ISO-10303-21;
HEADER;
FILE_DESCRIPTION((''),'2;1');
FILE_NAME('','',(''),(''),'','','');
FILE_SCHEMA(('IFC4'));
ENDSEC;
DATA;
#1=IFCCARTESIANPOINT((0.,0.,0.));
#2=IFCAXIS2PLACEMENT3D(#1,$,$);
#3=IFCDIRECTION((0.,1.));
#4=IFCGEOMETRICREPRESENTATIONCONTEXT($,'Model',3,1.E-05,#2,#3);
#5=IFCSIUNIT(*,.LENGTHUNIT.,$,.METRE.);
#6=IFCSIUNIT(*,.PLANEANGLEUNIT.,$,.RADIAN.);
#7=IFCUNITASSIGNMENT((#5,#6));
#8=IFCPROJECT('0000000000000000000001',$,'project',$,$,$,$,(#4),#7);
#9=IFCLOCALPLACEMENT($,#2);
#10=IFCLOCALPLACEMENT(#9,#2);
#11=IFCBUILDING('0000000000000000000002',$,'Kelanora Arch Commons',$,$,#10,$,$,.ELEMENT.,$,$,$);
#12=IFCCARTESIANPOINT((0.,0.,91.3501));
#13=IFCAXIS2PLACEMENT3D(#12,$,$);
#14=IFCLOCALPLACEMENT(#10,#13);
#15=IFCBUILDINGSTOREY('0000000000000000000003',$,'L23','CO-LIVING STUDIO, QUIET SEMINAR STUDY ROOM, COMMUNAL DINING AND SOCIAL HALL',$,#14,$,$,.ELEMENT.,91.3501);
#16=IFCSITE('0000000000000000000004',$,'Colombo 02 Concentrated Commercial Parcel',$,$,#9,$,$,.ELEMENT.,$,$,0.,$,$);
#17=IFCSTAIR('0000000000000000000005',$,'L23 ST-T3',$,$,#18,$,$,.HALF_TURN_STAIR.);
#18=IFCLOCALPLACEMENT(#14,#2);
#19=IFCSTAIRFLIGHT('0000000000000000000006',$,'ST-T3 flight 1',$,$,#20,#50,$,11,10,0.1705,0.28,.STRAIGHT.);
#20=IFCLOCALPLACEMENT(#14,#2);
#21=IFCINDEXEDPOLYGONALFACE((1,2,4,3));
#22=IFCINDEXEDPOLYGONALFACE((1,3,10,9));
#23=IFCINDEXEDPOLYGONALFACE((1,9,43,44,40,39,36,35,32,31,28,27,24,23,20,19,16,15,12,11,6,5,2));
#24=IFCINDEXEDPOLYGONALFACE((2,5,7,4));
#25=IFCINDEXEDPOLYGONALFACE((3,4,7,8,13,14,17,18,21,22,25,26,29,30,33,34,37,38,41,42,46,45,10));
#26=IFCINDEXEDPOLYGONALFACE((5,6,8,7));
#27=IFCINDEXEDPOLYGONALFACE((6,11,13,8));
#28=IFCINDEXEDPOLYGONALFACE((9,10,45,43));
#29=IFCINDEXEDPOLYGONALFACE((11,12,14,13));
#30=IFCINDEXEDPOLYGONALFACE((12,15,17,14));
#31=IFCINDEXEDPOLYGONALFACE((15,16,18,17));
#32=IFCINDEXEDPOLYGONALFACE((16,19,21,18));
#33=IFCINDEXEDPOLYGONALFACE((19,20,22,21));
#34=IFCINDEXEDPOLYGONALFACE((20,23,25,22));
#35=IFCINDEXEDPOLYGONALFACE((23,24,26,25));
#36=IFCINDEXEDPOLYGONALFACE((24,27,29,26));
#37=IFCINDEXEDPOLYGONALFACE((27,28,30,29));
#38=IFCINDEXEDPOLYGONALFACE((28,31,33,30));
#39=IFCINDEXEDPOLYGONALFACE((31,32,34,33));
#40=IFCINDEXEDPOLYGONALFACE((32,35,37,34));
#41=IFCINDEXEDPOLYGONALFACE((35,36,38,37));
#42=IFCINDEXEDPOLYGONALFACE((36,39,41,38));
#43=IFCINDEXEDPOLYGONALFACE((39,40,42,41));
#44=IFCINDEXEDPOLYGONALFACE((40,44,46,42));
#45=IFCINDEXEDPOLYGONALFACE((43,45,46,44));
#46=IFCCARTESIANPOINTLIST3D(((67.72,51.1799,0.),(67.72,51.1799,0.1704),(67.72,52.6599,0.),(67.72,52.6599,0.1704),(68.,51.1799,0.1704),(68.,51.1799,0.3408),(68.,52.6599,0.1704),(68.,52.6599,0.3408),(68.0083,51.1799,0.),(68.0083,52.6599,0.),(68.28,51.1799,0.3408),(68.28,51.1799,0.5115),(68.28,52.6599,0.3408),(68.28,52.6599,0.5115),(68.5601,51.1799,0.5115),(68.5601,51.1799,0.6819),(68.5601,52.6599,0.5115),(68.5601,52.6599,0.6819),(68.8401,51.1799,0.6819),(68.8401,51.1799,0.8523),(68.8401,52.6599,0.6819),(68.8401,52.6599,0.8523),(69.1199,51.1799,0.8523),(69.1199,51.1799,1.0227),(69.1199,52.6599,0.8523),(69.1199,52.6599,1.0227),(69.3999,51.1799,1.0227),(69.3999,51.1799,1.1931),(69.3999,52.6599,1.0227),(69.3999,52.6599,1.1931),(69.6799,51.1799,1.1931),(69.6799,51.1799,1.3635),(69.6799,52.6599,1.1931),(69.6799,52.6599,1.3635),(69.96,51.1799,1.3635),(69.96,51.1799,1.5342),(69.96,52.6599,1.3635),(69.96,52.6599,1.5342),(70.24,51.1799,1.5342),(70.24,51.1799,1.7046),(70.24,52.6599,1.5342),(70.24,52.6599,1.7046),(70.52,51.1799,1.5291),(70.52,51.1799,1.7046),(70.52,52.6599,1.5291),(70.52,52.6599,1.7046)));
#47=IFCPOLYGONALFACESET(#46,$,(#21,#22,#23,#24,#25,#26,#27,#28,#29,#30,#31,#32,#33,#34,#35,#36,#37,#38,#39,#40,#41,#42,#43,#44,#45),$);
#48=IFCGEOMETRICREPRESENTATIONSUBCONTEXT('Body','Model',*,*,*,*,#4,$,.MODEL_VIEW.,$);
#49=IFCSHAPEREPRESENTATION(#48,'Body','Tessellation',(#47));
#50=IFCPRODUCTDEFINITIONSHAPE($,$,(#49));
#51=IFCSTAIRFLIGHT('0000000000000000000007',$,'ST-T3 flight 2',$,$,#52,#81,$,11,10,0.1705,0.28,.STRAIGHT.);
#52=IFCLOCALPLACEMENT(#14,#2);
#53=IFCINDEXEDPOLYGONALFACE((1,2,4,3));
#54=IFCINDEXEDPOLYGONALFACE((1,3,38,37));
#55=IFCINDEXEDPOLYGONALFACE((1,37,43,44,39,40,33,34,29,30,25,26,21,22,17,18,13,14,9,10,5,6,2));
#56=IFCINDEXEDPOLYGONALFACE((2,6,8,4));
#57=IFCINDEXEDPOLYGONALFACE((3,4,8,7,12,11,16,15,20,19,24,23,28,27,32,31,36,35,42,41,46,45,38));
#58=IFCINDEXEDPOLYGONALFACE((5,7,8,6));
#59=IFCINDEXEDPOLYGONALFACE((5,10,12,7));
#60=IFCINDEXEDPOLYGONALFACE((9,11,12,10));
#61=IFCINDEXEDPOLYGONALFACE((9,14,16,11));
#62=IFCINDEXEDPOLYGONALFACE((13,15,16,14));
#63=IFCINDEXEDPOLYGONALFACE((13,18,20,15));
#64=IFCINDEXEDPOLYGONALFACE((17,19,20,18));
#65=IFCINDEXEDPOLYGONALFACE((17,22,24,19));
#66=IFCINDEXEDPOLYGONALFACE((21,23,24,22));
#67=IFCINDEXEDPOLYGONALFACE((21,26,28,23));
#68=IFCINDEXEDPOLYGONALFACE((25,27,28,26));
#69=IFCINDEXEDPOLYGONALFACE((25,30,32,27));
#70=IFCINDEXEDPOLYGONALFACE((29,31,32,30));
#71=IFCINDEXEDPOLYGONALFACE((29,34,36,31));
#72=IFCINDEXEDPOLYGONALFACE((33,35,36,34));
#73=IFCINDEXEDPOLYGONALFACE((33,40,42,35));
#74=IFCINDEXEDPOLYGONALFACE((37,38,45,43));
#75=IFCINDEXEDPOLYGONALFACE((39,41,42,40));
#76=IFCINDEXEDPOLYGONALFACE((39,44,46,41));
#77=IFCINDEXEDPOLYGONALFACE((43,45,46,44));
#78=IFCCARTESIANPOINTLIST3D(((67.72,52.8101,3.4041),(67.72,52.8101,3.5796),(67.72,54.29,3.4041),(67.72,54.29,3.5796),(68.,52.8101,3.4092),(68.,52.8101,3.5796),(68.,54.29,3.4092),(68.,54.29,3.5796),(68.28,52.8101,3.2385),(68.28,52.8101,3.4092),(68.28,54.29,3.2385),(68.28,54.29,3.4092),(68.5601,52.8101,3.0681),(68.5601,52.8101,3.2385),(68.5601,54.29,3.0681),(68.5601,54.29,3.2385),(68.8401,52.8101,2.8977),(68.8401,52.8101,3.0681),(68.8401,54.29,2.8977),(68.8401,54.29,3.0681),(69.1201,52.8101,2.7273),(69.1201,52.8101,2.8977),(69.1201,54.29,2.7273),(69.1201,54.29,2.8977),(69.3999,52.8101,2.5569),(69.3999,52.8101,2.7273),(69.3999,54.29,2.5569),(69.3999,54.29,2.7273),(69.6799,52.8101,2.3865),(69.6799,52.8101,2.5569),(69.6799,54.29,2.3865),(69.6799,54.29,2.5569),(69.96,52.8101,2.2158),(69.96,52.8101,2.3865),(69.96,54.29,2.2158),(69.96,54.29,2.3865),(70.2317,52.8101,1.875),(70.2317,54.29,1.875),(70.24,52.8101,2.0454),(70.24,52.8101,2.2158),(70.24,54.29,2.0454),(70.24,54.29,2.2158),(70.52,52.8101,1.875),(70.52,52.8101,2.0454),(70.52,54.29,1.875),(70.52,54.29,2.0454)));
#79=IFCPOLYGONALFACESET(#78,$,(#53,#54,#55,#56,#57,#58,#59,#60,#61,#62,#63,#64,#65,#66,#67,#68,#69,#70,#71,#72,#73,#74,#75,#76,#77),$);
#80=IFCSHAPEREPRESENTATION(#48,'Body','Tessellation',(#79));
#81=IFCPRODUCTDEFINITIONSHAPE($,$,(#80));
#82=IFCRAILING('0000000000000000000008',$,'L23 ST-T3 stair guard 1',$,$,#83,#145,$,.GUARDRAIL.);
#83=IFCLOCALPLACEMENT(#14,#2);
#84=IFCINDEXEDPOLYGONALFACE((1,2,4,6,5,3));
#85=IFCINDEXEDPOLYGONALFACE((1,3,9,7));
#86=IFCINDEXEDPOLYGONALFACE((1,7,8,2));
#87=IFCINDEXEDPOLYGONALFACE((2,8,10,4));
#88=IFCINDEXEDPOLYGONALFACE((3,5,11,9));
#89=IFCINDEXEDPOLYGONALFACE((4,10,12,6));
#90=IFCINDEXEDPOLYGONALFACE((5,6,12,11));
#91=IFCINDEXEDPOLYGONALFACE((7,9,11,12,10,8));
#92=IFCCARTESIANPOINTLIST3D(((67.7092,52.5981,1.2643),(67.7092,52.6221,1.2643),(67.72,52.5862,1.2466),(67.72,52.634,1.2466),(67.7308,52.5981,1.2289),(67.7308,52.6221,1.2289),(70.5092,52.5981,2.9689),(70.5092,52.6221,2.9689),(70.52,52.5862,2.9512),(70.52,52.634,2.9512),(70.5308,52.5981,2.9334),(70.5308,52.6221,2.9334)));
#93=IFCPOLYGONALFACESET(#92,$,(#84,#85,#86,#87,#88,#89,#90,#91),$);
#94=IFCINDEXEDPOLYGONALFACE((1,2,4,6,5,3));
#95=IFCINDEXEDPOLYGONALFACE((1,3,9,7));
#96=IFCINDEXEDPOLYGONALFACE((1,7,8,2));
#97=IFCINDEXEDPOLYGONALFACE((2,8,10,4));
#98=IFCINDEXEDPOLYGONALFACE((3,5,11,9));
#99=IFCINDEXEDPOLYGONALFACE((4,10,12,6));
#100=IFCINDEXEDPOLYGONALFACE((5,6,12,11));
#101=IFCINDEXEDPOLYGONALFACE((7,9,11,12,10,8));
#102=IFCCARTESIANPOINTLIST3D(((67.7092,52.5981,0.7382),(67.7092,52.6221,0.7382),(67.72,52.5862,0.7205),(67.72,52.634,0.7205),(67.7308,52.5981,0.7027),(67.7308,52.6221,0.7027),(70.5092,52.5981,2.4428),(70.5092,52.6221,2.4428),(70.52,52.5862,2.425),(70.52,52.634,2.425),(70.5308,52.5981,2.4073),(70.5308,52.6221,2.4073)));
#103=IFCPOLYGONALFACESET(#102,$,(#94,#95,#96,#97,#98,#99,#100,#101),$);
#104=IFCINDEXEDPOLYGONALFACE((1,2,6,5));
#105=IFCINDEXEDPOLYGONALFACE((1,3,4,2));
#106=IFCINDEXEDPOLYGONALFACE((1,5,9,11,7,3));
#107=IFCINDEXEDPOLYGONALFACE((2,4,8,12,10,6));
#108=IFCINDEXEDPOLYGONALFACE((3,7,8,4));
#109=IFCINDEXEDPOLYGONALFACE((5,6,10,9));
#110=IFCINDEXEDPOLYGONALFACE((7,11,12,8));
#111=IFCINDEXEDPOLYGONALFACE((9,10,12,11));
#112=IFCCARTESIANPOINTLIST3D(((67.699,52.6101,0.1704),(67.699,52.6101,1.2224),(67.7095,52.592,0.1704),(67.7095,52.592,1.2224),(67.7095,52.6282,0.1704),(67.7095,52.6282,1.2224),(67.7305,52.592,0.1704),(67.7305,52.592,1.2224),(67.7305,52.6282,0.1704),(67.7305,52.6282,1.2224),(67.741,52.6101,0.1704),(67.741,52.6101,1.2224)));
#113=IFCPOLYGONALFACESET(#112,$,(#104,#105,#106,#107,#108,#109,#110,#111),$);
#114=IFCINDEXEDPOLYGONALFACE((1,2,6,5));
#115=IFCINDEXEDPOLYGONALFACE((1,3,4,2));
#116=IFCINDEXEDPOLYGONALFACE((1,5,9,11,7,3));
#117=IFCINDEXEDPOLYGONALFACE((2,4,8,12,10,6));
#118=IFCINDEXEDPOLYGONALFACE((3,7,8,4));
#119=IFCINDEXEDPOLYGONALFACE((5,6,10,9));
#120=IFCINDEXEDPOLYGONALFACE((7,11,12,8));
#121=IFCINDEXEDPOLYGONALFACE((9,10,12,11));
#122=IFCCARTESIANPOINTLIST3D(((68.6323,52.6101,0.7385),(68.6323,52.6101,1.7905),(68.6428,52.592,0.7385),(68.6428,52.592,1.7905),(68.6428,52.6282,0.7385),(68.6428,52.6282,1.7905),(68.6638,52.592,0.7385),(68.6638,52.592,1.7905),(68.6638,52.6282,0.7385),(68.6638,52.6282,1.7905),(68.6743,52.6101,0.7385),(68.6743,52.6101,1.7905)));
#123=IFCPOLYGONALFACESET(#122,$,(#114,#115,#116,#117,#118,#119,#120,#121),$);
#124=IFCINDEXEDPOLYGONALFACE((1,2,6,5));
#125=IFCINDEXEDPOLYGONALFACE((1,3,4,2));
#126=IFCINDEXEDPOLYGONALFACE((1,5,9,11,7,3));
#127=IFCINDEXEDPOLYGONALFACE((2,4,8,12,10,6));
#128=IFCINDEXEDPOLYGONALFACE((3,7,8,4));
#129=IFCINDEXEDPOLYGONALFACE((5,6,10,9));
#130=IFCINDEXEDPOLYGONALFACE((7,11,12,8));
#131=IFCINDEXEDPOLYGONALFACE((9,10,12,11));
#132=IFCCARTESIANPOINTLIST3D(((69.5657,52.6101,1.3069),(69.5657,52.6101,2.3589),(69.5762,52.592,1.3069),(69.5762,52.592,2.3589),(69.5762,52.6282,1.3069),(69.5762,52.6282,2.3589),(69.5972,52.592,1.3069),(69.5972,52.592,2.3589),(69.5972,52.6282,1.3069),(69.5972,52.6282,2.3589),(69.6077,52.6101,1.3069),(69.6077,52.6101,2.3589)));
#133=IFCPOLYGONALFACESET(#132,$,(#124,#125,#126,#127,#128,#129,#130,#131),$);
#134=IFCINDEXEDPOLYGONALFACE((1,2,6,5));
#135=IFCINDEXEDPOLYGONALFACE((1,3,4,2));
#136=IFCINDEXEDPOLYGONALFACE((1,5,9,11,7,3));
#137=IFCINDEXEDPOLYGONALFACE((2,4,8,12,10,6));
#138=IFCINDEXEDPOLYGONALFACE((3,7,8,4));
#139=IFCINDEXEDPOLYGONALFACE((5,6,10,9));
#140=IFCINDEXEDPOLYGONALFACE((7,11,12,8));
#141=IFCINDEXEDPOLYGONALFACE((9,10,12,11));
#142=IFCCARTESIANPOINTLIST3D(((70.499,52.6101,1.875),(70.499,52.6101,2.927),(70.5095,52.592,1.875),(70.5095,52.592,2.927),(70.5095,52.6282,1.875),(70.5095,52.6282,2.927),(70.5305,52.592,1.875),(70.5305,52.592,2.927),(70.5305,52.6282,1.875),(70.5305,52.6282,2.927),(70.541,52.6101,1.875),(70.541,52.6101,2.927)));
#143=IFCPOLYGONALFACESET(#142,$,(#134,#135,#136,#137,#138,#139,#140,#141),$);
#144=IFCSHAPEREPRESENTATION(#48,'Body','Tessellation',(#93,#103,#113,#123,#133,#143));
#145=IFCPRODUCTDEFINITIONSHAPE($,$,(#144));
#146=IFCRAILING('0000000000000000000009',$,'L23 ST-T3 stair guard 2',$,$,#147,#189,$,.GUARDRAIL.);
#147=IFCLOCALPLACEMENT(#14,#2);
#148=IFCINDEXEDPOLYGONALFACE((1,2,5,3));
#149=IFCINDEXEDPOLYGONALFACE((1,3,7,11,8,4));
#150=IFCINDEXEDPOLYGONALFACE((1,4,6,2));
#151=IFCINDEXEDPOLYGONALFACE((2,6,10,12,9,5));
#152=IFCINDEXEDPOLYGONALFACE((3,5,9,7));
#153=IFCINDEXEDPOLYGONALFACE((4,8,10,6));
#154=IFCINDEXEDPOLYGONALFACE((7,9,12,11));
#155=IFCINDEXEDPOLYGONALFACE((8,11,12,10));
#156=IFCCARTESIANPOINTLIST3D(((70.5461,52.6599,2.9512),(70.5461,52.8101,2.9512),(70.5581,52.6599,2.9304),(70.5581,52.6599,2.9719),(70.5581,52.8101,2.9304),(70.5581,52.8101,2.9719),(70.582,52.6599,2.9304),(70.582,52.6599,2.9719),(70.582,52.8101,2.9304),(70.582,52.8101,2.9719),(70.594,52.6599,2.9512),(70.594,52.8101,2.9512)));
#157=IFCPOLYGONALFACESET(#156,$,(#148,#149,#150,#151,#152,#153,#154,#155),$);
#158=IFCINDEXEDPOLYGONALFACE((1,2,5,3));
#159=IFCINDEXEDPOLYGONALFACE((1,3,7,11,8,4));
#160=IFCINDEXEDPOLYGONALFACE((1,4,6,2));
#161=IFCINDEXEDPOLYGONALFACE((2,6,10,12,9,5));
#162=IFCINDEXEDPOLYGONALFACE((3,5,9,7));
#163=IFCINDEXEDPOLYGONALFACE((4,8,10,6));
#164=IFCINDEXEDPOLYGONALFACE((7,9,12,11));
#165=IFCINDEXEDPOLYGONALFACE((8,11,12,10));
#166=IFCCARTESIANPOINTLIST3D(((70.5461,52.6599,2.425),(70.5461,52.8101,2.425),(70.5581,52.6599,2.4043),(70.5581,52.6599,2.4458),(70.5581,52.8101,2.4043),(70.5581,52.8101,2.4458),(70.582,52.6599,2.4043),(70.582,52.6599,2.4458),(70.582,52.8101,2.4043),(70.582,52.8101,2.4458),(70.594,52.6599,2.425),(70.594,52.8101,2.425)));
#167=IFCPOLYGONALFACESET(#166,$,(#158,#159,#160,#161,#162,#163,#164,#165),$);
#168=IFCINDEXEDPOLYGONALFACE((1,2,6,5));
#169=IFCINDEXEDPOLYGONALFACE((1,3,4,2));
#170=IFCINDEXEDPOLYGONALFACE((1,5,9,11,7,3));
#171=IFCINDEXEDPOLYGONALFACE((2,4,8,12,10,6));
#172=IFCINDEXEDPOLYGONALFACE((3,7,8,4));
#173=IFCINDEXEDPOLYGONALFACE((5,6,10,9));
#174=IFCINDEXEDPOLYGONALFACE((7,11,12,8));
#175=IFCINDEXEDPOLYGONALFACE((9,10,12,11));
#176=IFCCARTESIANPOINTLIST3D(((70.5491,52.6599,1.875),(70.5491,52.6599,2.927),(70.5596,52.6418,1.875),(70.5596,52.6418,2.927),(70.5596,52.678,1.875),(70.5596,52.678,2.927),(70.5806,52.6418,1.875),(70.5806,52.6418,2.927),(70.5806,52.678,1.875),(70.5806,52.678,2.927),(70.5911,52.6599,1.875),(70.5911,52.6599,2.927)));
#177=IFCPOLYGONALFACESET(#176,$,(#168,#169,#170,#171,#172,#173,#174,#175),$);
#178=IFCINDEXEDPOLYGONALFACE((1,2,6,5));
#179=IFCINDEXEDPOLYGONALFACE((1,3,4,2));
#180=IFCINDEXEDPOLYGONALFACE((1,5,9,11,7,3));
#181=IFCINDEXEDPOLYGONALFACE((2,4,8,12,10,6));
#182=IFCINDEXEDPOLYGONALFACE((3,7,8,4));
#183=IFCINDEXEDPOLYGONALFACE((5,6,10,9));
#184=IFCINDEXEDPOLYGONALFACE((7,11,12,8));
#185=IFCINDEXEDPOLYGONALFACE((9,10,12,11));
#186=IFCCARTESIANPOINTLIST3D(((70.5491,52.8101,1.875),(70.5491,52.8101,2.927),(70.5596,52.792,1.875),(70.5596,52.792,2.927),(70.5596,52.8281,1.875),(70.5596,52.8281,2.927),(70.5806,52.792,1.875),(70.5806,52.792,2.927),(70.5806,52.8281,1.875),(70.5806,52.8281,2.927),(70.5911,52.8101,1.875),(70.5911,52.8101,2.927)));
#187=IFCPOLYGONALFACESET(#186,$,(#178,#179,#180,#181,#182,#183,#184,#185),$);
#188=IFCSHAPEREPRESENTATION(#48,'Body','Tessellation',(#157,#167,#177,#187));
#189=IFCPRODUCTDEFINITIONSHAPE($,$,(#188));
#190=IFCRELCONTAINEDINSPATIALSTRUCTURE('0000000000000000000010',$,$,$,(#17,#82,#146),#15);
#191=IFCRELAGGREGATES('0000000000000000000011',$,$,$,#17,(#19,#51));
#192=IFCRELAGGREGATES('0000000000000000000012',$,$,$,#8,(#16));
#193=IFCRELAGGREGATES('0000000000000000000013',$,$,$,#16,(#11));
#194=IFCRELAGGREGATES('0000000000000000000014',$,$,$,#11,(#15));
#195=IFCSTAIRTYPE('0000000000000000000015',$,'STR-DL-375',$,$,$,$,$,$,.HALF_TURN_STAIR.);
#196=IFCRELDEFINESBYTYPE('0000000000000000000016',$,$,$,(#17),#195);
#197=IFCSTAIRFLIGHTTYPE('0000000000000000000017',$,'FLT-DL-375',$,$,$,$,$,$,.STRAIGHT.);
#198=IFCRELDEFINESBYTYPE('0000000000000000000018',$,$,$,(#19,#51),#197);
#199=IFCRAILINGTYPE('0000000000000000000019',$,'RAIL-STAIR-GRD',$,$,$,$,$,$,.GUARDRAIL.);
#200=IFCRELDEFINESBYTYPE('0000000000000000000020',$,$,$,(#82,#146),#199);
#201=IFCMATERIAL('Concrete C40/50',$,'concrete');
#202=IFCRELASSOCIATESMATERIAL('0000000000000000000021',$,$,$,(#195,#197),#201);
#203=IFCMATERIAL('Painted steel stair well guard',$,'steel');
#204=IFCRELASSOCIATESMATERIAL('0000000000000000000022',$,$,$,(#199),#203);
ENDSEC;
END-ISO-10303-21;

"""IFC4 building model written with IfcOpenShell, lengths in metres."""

from ifc_helpers import new_model, si_unit, direction, frame, origin, place, context, subcontext, project, spatial, polyline, outline, extrude, material, type_object, element, aggregate, save


model = new_model("IFC4")

# Units and contexts
model_context = context("Model", 3, precision=1e-05, world=origin(), true_north=direction((0.0, 1.0)))
body_context = subcontext(model_context, "Body", "Model", "MODEL_VIEW")
ifc_project = project(units=[si_unit("LENGTHUNIT", "METRE"), si_unit("PLANEANGLEUNIT", "RADIAN")], contexts=[model_context])

# Site, building, storey
site_placement = place(None, origin())
site = spatial("IfcSite", under=ifc_project, at=site_placement, Name="Colombo 02 Concentrated Commercial Parcel", CompositionType="ELEMENT", RefElevation=0.0)
building_placement = place(site_placement, origin())
building = spatial("IfcBuilding", under=site, at=building_placement, Name="Kelanora Arch Commons", CompositionType="ELEMENT")
storey_placement = place(building_placement, frame((0.0, 0.0, 91.3501)))
storey = spatial("IfcBuildingStorey", under=building, at=storey_placement, Name="L23", Description="CO-LIVING STUDIO, QUIET SEMINAR STUDY ROOM, COMMUNAL DINING AND SOCIAL HALL", CompositionType="ELEMENT", Elevation=91.3501)

# Shared definitions
ifc_material_1 = material(Name="Concrete C40/50", Category="concrete")

# Stair, stair flights
stair_type = type_object("IfcStairType", Name="STR-DL-375", PredefinedType="HALF_TURN_STAIR", material=ifc_material_1)
stair_placement = place(storey_placement, origin())
stair = element("IfcStair", 1, at=stair_placement, inside=storey, type_object=stair_type, Name="L23 ST-T3", PredefinedType="HALF_TURN_STAIR")
stair_flight_type = type_object("IfcStairFlightType", Name="FLT-DL-375", PredefinedType="STRAIGHT", material=ifc_material_1)
stair_flight_1_placement = place(storey_placement, frame((67.72, 51.9199, 0.0), z_axis=(0.0, 0.0, 1.0), x_axis=(1.0, 0.0, 0.0)))
stair_flight_1 = element("IfcStairFlight", 2, at=stair_flight_1_placement, type_object=stair_flight_type, Name="ST-T3 flight 1", NumberOfRisers=11, NumberOfTreads=10, PredefinedType="STRAIGHT", RiserHeight=0.1705, TreadLength=0.28, context=body_context, shape_type="SweptSolid", body=[
    extrude(outline(polyline([(0.0, 0.0), (0.0, 0.1704), (0.28, 0.1704), (0.28, 0.3408), (0.5601, 0.3408), (0.5601, 0.5115), (0.8401, 0.5115), (0.8401, 0.6819), (1.1201, 0.6819), (1.1201, 0.8523), (1.3999, 0.8523), (1.3999, 1.0227), (1.6799, 1.0227), (1.6799, 1.1931), (1.96, 1.1931), (1.96, 1.3635), (2.24, 1.3635), (2.24, 1.5342), (2.52, 1.5342), (2.52, 1.7046), (2.8, 1.7046), (2.8, 1.875), (2.8, 1.5291), (0.2883, 0.0), (0.0, 0.0)])), frame((0.0, 0.74, 0.0), z_axis=(0.0, -1.0, 0.0), x_axis=(1.0, 0.0, 0.0)), (0.0, 0.0, 1.0), 1.48),
])
stair_flight_2_placement = place(storey_placement, frame((70.52, 53.55, 1.875), z_axis=(0.0, 0.0, 1.0), x_axis=(-1.0, 0.0, 0.0)))
stair_flight_2 = element("IfcStairFlight", 3, at=stair_flight_2_placement, type_object=stair_flight_type, Name="ST-T3 flight 2", NumberOfRisers=11, NumberOfTreads=10, PredefinedType="STRAIGHT", RiserHeight=0.1705, TreadLength=0.28, context=body_context, shape_type="SweptSolid", body=[
    extrude(outline(polyline([(0.0, 0.0), (0.0, 0.1704), (0.28, 0.1704), (0.28, 0.3408), (0.5601, 0.3408), (0.5601, 0.5115), (0.8401, 0.5115), (0.8401, 0.6819), (1.1201, 0.6819), (1.1201, 0.8523), (1.3999, 0.8523), (1.3999, 1.0227), (1.6799, 1.0227), (1.6799, 1.1931), (1.96, 1.1931), (1.96, 1.3635), (2.24, 1.3635), (2.24, 1.5342), (2.52, 1.5342), (2.52, 1.7046), (2.8, 1.7046), (2.8, 1.875), (2.8, 1.5291), (0.2883, 0.0), (0.0, 0.0)])), frame((0.0, 0.74, 0.0), z_axis=(0.0, -1.0, 0.0), x_axis=(1.0, 0.0, 0.0)), (0.0, 0.0, 1.0), 1.48),
])
aggregate(stair, [stair_flight_1, stair_flight_2])

# Railings
ifc_material_2 = material(Name="Painted steel stair well guard", Category="steel")
railing_type_1 = type_object("IfcRailingType", Name="RAIL-STAIR-GRD", PredefinedType="GUARDRAIL", material=ifc_material_2)
railing_1_placement = place(storey_placement, frame((67.72, 52.6101, 0.1704)))
element("IfcRailing", 4, at=railing_1_placement, inside=storey, type_object=railing_type_1, Name="L23 ST-T3 stair guard 1", PredefinedType="GUARDRAIL", context=body_context, shape_type="SweptSolid", body=[
    extrude(outline(polyline([(0.0239, 0.0), (0.012, 0.0208), (-0.012, 0.0208), (-0.0239, 0.0), (-0.012, -0.0208), (0.012, -0.0208), (0.0239, 0.0)])), frame((0.0, 0.0, 1.0762), z_axis=(0.85417, 0.0, 0.519994), x_axis=(0.0, 1.0, 0.0)), (0.0, 0.0, 1.0), 3.2781),
    extrude(outline(polyline([(0.0239, 0.0), (0.012, 0.0208), (-0.012, 0.0208), (-0.0239, 0.0), (-0.012, -0.0208), (0.012, -0.0208), (0.0239, 0.0)])), frame((0.0, 0.0, 0.55), z_axis=(0.85417, 0.0, 0.519994), x_axis=(0.0, 1.0, 0.0)), (0.0, 0.0, 1.0), 3.2781),
    extrude(outline(polyline([(0.021, 0.0), (0.0105, 0.0181), (-0.0105, 0.0181), (-0.021, 0.0), (-0.0105, -0.0181), (0.0105, -0.0181), (0.021, 0.0)])), origin(), (0.0, 0.0, 1.0), 1.052),
    extrude(outline(polyline([(0.021, 0.0), (0.0105, 0.0181), (-0.0105, 0.0181), (-0.021, 0.0), (-0.0105, -0.0181), (0.0105, -0.0181), (0.021, 0.0)])), frame((0.9333, 0.0, 0.5681)), (0.0, 0.0, 1.0), 1.052),
    extrude(outline(polyline([(0.021, 0.0), (0.0105, 0.0181), (-0.0105, 0.0181), (-0.021, 0.0), (-0.0105, -0.0181), (0.0105, -0.0181), (0.021, 0.0)])), frame((1.8667, 0.0, 1.1365)), (0.0, 0.0, 1.0), 1.052),
    extrude(outline(polyline([(0.021, 0.0), (0.0105, 0.0181), (-0.0105, 0.0181), (-0.021, 0.0), (-0.0105, -0.0181), (0.0105, -0.0181), (0.021, 0.0)])), frame((2.8, 0.0, 1.7046)), (0.0, 0.0, 1.0), 1.052),
])
railing_2_placement = place(storey_placement, frame((70.5701, 52.6599, 1.875)))
element("IfcRailing", 5, at=railing_2_placement, inside=storey, type_object=railing_type_1, Name="L23 ST-T3 stair guard 2", PredefinedType="GUARDRAIL", context=body_context, shape_type="SweptSolid", body=[
    extrude(outline(polyline([(0.0239, 0.0), (0.012, 0.0208), (-0.012, 0.0208), (-0.0239, 0.0), (-0.012, -0.0208), (0.012, -0.0208), (0.0239, 0.0)])), frame((0.0, 0.0, 1.0762), z_axis=(0.0, 1.0, 0.0), x_axis=(-1.0, 0.0, 0.0)), (0.0, 0.0, 1.0), 0.1501),
    extrude(outline(polyline([(0.0239, 0.0), (0.012, 0.0208), (-0.012, 0.0208), (-0.0239, 0.0), (-0.012, -0.0208), (0.012, -0.0208), (0.0239, 0.0)])), frame((0.0, 0.0, 0.55), z_axis=(0.0, 1.0, 0.0), x_axis=(-1.0, 0.0, 0.0)), (0.0, 0.0, 1.0), 0.1501),
    extrude(outline(polyline([(0.021, 0.0), (0.0105, 0.0181), (-0.0105, 0.0181), (-0.021, 0.0), (-0.0105, -0.0181), (0.0105, -0.0181), (0.021, 0.0)])), origin(), (0.0, 0.0, 1.0), 1.052),
    extrude(outline(polyline([(0.021, 0.0), (0.0105, 0.0181), (-0.0105, 0.0181), (-0.021, 0.0), (-0.0105, -0.0181), (0.0105, -0.0181), (0.021, 0.0)])), frame((0.0, 0.1501, 0.0)), (0.0, 0.0, 1.0), 1.052),
])

save(model, "model.ifc")
